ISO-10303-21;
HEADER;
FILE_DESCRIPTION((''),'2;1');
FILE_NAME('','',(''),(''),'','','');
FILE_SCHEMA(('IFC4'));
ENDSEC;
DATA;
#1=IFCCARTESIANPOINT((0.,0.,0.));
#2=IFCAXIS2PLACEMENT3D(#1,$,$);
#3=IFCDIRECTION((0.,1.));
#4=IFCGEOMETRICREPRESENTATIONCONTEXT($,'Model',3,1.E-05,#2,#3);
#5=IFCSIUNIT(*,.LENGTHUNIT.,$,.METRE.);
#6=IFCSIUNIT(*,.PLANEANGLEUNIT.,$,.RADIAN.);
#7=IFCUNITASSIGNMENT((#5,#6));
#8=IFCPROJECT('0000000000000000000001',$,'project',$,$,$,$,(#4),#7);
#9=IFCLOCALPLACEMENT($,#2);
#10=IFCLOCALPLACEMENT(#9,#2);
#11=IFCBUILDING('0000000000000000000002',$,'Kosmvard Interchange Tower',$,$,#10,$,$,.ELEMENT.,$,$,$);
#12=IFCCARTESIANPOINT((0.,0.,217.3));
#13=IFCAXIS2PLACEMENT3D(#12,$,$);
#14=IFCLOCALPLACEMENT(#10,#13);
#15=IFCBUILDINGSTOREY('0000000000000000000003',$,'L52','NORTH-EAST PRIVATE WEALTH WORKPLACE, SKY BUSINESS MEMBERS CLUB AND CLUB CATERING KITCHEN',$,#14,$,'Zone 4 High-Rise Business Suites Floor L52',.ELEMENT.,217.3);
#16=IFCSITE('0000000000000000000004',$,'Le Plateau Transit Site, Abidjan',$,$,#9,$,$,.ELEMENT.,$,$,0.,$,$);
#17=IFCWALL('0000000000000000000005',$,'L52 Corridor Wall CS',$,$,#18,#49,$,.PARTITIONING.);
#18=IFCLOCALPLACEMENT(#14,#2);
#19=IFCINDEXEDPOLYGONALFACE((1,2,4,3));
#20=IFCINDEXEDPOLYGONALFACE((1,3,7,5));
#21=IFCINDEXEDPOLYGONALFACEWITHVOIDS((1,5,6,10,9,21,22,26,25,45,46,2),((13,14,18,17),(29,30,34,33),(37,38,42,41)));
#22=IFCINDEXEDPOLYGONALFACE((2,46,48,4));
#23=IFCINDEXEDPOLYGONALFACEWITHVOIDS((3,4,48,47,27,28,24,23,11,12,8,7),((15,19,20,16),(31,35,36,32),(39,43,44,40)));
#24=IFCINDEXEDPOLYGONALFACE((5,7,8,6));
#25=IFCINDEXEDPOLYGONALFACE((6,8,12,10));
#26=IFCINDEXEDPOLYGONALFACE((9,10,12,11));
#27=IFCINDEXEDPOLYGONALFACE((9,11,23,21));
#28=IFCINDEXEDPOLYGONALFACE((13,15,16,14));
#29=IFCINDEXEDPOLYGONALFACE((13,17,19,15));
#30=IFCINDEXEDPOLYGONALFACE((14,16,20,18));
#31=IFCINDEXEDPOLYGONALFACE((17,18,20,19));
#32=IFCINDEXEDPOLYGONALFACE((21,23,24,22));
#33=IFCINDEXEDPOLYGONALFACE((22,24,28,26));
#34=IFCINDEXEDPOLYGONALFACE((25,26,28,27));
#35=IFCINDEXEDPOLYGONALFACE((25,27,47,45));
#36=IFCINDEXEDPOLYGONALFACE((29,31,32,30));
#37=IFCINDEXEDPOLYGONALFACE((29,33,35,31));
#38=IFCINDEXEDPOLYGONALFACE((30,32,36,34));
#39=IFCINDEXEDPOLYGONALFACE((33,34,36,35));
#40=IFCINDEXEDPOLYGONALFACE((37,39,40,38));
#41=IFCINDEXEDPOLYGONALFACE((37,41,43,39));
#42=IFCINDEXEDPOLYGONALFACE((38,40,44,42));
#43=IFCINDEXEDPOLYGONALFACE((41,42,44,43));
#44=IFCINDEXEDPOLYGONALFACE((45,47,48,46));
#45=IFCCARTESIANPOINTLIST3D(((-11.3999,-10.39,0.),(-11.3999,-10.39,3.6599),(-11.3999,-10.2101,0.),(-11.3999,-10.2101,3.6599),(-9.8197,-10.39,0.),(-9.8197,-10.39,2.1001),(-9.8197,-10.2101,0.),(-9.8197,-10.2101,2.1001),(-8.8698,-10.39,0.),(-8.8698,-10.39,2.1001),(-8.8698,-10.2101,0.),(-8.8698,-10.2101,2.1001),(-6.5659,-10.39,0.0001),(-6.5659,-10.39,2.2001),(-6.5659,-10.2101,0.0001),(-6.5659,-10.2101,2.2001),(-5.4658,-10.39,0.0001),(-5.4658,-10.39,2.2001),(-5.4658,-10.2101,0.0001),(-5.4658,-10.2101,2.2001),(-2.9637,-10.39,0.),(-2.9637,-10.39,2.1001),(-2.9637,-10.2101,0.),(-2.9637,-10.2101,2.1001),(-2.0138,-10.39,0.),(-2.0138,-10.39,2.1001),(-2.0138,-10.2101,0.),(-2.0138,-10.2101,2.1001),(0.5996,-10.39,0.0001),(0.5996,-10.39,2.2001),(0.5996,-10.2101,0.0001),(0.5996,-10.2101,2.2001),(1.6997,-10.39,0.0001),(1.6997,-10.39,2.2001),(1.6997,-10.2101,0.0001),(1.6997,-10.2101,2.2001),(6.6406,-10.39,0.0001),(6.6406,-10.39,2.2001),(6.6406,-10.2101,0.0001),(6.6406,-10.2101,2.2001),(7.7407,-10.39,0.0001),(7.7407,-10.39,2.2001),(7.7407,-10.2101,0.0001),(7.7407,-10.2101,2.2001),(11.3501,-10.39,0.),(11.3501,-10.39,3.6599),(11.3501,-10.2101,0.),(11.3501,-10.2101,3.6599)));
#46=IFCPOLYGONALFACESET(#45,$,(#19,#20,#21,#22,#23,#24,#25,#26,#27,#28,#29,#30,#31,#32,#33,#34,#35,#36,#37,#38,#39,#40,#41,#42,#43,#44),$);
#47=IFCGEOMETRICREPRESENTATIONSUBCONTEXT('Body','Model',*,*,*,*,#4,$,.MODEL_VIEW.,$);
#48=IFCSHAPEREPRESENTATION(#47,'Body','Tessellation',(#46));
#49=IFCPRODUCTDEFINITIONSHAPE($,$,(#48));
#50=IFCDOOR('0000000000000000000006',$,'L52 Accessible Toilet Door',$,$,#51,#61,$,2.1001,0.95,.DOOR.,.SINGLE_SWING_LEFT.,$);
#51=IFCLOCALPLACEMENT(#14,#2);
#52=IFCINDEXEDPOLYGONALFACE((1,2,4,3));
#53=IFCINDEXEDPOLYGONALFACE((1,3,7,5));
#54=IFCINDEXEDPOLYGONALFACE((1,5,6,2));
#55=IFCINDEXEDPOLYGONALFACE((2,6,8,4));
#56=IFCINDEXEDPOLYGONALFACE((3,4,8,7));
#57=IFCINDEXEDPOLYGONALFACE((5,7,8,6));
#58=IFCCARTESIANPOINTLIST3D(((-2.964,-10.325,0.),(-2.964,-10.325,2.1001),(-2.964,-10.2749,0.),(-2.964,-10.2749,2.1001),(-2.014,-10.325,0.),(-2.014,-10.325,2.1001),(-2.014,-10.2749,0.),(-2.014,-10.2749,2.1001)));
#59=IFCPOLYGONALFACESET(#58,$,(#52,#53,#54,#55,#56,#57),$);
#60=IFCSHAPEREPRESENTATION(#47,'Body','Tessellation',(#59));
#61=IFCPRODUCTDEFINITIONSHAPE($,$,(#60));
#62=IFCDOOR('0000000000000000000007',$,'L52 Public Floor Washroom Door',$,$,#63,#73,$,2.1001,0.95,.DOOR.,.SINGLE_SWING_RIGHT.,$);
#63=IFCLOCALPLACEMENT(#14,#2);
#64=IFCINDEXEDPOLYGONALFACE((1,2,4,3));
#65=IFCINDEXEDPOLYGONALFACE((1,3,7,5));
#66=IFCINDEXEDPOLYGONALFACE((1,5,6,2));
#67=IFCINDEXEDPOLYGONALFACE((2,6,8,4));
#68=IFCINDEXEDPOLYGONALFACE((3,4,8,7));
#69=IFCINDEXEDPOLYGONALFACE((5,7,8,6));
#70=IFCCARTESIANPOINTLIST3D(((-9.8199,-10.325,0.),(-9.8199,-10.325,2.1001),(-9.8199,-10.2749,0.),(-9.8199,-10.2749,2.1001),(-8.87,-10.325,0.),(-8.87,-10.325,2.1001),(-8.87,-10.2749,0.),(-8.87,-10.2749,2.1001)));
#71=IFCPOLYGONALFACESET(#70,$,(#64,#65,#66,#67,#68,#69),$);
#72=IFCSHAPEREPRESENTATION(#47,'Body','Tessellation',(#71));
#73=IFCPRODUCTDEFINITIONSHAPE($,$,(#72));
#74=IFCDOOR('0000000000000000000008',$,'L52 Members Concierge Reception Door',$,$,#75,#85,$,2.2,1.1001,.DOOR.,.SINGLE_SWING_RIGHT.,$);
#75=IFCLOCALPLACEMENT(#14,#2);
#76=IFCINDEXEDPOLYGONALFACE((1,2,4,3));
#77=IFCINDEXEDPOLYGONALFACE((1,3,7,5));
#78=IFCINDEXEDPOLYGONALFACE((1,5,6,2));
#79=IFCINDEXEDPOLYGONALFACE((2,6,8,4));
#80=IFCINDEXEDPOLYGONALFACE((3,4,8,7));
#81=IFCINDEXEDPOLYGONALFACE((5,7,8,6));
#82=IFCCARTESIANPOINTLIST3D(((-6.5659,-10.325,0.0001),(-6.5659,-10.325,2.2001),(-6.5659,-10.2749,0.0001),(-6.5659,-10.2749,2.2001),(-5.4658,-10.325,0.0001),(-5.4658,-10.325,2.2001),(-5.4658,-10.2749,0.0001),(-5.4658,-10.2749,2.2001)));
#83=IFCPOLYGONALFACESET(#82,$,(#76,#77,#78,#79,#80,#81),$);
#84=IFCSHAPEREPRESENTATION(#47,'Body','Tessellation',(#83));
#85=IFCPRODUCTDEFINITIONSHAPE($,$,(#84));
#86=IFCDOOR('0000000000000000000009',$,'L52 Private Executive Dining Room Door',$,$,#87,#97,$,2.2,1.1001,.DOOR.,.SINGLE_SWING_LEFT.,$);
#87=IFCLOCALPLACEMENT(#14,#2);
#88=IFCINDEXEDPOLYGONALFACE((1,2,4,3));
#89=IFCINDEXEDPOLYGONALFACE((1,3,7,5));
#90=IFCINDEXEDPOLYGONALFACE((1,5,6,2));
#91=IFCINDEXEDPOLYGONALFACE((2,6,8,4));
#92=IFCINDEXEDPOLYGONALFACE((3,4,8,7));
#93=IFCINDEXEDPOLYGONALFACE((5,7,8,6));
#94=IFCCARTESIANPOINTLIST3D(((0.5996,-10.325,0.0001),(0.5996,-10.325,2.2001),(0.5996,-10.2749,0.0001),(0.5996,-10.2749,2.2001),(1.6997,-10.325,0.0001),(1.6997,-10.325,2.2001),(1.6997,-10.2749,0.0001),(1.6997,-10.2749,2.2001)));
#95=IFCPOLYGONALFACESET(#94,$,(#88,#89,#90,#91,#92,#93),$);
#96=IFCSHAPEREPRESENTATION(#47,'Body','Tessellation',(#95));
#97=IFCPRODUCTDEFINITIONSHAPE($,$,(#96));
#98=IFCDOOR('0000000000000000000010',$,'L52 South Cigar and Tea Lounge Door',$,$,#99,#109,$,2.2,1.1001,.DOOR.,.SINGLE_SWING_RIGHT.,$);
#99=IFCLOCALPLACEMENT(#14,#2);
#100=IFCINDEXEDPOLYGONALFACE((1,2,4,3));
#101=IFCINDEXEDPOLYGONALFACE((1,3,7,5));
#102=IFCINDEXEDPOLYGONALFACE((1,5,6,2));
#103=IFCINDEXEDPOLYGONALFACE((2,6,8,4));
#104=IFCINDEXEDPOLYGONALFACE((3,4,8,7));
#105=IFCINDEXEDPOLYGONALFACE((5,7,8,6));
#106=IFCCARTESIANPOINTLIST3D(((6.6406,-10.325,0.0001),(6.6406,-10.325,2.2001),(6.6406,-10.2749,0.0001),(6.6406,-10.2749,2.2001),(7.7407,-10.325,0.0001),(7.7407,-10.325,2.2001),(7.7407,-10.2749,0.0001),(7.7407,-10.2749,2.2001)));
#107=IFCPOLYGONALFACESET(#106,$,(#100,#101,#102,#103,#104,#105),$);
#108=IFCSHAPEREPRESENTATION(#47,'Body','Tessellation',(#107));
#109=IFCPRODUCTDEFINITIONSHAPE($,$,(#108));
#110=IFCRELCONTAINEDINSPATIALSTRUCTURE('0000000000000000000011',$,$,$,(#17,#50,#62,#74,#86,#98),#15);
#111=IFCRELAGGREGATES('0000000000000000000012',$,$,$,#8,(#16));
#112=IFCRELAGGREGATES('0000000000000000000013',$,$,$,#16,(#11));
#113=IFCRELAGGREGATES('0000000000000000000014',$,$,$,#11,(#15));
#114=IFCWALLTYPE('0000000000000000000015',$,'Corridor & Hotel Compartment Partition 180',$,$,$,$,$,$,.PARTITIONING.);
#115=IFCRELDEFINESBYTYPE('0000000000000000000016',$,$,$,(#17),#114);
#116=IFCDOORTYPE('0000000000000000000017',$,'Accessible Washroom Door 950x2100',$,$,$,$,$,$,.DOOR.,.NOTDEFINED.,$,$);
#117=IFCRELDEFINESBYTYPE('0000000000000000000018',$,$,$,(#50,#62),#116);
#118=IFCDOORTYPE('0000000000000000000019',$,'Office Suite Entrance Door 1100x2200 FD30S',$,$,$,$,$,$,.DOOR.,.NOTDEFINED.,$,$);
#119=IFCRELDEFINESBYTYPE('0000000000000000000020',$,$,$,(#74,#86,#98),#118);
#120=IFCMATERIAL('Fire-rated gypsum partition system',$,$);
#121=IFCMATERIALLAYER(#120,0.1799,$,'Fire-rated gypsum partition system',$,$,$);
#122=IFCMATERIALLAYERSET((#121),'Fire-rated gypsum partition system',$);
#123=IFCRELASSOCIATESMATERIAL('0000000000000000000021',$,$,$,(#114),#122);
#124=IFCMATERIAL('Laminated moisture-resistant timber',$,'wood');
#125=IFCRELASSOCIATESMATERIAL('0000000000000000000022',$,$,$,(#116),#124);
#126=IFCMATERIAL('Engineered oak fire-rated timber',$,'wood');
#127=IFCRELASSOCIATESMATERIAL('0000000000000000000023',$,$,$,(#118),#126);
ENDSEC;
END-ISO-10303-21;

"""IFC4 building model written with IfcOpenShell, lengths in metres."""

from ifc_helpers import new_model, si_unit, direction, frame, frame_2d, origin, place, context, subcontext, project, spatial, rectangle, extrude, source, transform, mapped, material, layer, layer_set, type_object, element, fill, save


model = new_model("IFC4")

# Units and contexts
model_context = context("Model", 3, precision=1e-05, world=origin(), true_north=direction((0.0, 1.0)))
body_context = subcontext(model_context, "Body", "Model", "MODEL_VIEW")
ifc_project = project(units=[si_unit("LENGTHUNIT", "METRE"), si_unit("PLANEANGLEUNIT", "RADIAN")], contexts=[model_context])

# Site, building, storey
site_placement = place(None, origin())
site = spatial("IfcSite", under=ifc_project, at=site_placement, Name="Le Plateau Transit Site, Abidjan", CompositionType="ELEMENT", RefElevation=0.0)
building_placement = place(site_placement, origin())
building = spatial("IfcBuilding", under=site, at=building_placement, Name="Kosmvard Interchange Tower", CompositionType="ELEMENT")
storey_placement = place(building_placement, frame((0.0, 0.0, 217.3)))
storey = spatial("IfcBuildingStorey", under=building, at=storey_placement, Name="L52", Description="NORTH-EAST PRIVATE WEALTH WORKPLACE, SKY BUSINESS MEMBERS CLUB AND CLUB CATERING KITCHEN", LongName="Zone 4 High-Rise Business Suites Floor L52", CompositionType="ELEMENT", Elevation=217.3)

# Wall, openings, doors
ifc_material_1 = material(Name="Fire-rated gypsum partition system")
ifc_layer_1 = layer(ifc_material_1, 0.1799, Name="Fire-rated gypsum partition system")
ifc_layer_set_1 = layer_set([ifc_layer_1], Name="Fire-rated gypsum partition system")
wall_type_1 = type_object("IfcWallType", Name="Corridor & Hotel Compartment Partition 180", PredefinedType="PARTITIONING", material=ifc_layer_set_1)
shared_shape_1 = source(origin(), body_context, "Body", "SweptSolid", [
    extrude(rectangle(XDim=1.1001, YDim=2.2, at=frame_2d((0.55, 1.1001))), frame((0.0, 0.0249, 0.0), z_axis=(0.0, -1.0, 0.0), x_axis=(1.0, 0.0, 0.0)), (0.0, 0.0, 1.0), 0.05),
])
wall_1_placement = place(storey_placement, frame((-11.3999, -10.3, 0.0), z_axis=(0.0, 0.0, 1.0), x_axis=(1.0, 0.0, 0.0)))
wall_1 = element("IfcWall", 1, at=wall_1_placement, inside=storey, type_object=wall_type_1, Name="L52 Corridor Wall CS", PredefinedType="PARTITIONING", context=body_context, shape_type="SweptSolid", body=[
    extrude(rectangle(XDim=22.75, YDim=0.1799, at=frame_2d((11.375, 0.0))), origin(), (0.0, 0.0, 1.0), 3.6599),
])
opening_1_placement = place(wall_1_placement, frame((8.436, 0.0, 0.0)))
opening_1 = element("IfcOpeningElement", 2, at=opening_1_placement, cuts=wall_1, PredefinedType="OPENING", context=body_context, shape_type="SweptSolid", body=[
    extrude(rectangle(XDim=0.95, YDim=2.1001, at=frame_2d((0.4751, 1.05))), frame((0.0, 0.1001, 0.0), z_axis=(0.0, -1.0, 0.0), x_axis=(1.0, 0.0, 0.0)), (0.0, 0.0, 1.0), 0.2),
])
opening_2_placement = place(wall_1_placement, frame((1.5801, 0.0, 0.0)))
opening_2 = element("IfcOpeningElement", 3, at=opening_2_placement, cuts=wall_1, PredefinedType="OPENING", context=body_context, shape_type="SweptSolid", body=[
    extrude(rectangle(XDim=0.95, YDim=2.1001, at=frame_2d((0.4751, 1.05))), frame((0.0, 0.1001, 0.0), z_axis=(0.0, -1.0, 0.0), x_axis=(1.0, 0.0, 0.0)), (0.0, 0.0, 1.0), 0.2),
])
opening_3_placement = place(wall_1_placement, frame((4.834, 0.0, 0.0)))
opening_3 = element("IfcOpeningElement", 4, at=opening_3_placement, cuts=wall_1, PredefinedType="OPENING", context=body_context, shape_type="SweptSolid", body=[
    extrude(rectangle(XDim=1.1001, YDim=2.2, at=frame_2d((0.55, 1.1001))), frame((0.0, 0.1001, 0.0), z_axis=(0.0, -1.0, 0.0), x_axis=(1.0, 0.0, 0.0)), (0.0, 0.0, 1.0), 0.2),
])
opening_4_placement = place(wall_1_placement, frame((11.9995, 0.0, 0.0)))
opening_4 = element("IfcOpeningElement", 5, at=opening_4_placement, cuts=wall_1, PredefinedType="OPENING", context=body_context, shape_type="SweptSolid", body=[
    extrude(rectangle(XDim=1.1001, YDim=2.2, at=frame_2d((0.55, 1.1001))), frame((0.0, 0.1001, 0.0), z_axis=(0.0, -1.0, 0.0), x_axis=(1.0, 0.0, 0.0)), (0.0, 0.0, 1.0), 0.2),
])
opening_5_placement = place(wall_1_placement, frame((18.0405, 0.0, 0.0)))
opening_5 = element("IfcOpeningElement", 6, at=opening_5_placement, cuts=wall_1, PredefinedType="OPENING", context=body_context, shape_type="SweptSolid", body=[
    extrude(rectangle(XDim=1.1001, YDim=2.2, at=frame_2d((0.55, 1.1001))), frame((0.0, 0.1001, 0.0), z_axis=(0.0, -1.0, 0.0), x_axis=(1.0, 0.0, 0.0)), (0.0, 0.0, 1.0), 0.2),
])
ifc_material_2 = material(Name="Laminated moisture-resistant timber", Category="wood")
door_type_1 = type_object("IfcDoorType", Name="Accessible Washroom Door 950x2100", OperationType="NOTDEFINED", PredefinedType="DOOR", material=ifc_material_2)
shared_shape_2 = source(origin(), body_context, "Body", "SweptSolid", [
    extrude(rectangle(XDim=0.95, YDim=2.1001, at=frame_2d((0.4751, 1.05))), frame((0.0, 0.0249, 0.0), z_axis=(0.0, -1.0, 0.0), x_axis=(1.0, 0.0, 0.0)), (0.0, 0.0, 1.0), 0.05),
])
door_1_placement = place(opening_1_placement, frame((0.95, 0.0, 0.0), z_axis=(0.0, 0.0, 1.0), x_axis=(-1.0, 0.0, 0.0)))
door_1 = element("IfcDoor", 7, at=door_1_placement, inside=storey, type_object=door_type_1, Name="L52 Accessible Toilet Door", OperationType="SINGLE_SWING_LEFT", OverallHeight=2.1001, OverallWidth=0.95, PredefinedType="DOOR", context=body_context, shape_type="MappedRepresentation", body=[
    mapped(shared_shape_2, transform((0.0, 0.0, 0.0), scale=1.0)),
])
fill(opening_1, door_1)
door_2_placement = place(opening_2_placement, frame((0.95, 0.0, 0.0), z_axis=(0.0, 0.0, 1.0), x_axis=(-1.0, 0.0, 0.0)))
door_2 = element("IfcDoor", 8, at=door_2_placement, inside=storey, type_object=door_type_1, Name="L52 Public Floor Washroom Door", OperationType="SINGLE_SWING_RIGHT", OverallHeight=2.1001, OverallWidth=0.95, PredefinedType="DOOR", context=body_context, shape_type="MappedRepresentation", body=[
    mapped(shared_shape_2, transform((0.0, 0.0, 0.0), scale=1.0)),
])
fill(opening_2, door_2)
ifc_material_3 = material(Name="Engineered oak fire-rated timber", Category="wood")
door_type_2 = type_object("IfcDoorType", Name="Office Suite Entrance Door 1100x2200 FD30S", OperationType="NOTDEFINED", PredefinedType="DOOR", material=ifc_material_3)
door_3_placement = place(opening_3_placement, frame((1.1001, 0.0, 0.0), z_axis=(0.0, 0.0, 1.0), x_axis=(-1.0, 0.0, 0.0)))
door_3 = element("IfcDoor", 9, at=door_3_placement, inside=storey, type_object=door_type_2, Name="L52 Members Concierge Reception Door", OperationType="SINGLE_SWING_RIGHT", OverallHeight=2.2, OverallWidth=1.1001, PredefinedType="DOOR", context=body_context, shape_type="MappedRepresentation", body=[
    mapped(shared_shape_1, transform((0.0, 0.0, 0.0), scale=1.0)),
])
fill(opening_3, door_3)
door_4_placement = place(opening_4_placement, frame((1.1001, 0.0, 0.0), z_axis=(0.0, 0.0, 1.0), x_axis=(-1.0, 0.0, 0.0)))
door_4 = element("IfcDoor", 10, at=door_4_placement, inside=storey, type_object=door_type_2, Name="L52 Private Executive Dining Room Door", OperationType="SINGLE_SWING_LEFT", OverallHeight=2.2, OverallWidth=1.1001, PredefinedType="DOOR", context=body_context, shape_type="MappedRepresentation", body=[
    mapped(shared_shape_1, transform((0.0, 0.0, 0.0), scale=1.0)),
])
fill(opening_4, door_4)
door_5_placement = place(opening_5_placement, frame((1.1001, 0.0, 0.0), z_axis=(0.0, 0.0, 1.0), x_axis=(-1.0, 0.0, 0.0)))
door_5 = element("IfcDoor", 11, at=door_5_placement, inside=storey, type_object=door_type_2, Name="L52 South Cigar and Tea Lounge Door", OperationType="SINGLE_SWING_RIGHT", OverallHeight=2.2, OverallWidth=1.1001, PredefinedType="DOOR", context=body_context, shape_type="MappedRepresentation", body=[
    mapped(shared_shape_1, transform((0.0, 0.0, 0.0), scale=1.0)),
])
fill(opening_5, door_5)

save(model, "model.ifc")
